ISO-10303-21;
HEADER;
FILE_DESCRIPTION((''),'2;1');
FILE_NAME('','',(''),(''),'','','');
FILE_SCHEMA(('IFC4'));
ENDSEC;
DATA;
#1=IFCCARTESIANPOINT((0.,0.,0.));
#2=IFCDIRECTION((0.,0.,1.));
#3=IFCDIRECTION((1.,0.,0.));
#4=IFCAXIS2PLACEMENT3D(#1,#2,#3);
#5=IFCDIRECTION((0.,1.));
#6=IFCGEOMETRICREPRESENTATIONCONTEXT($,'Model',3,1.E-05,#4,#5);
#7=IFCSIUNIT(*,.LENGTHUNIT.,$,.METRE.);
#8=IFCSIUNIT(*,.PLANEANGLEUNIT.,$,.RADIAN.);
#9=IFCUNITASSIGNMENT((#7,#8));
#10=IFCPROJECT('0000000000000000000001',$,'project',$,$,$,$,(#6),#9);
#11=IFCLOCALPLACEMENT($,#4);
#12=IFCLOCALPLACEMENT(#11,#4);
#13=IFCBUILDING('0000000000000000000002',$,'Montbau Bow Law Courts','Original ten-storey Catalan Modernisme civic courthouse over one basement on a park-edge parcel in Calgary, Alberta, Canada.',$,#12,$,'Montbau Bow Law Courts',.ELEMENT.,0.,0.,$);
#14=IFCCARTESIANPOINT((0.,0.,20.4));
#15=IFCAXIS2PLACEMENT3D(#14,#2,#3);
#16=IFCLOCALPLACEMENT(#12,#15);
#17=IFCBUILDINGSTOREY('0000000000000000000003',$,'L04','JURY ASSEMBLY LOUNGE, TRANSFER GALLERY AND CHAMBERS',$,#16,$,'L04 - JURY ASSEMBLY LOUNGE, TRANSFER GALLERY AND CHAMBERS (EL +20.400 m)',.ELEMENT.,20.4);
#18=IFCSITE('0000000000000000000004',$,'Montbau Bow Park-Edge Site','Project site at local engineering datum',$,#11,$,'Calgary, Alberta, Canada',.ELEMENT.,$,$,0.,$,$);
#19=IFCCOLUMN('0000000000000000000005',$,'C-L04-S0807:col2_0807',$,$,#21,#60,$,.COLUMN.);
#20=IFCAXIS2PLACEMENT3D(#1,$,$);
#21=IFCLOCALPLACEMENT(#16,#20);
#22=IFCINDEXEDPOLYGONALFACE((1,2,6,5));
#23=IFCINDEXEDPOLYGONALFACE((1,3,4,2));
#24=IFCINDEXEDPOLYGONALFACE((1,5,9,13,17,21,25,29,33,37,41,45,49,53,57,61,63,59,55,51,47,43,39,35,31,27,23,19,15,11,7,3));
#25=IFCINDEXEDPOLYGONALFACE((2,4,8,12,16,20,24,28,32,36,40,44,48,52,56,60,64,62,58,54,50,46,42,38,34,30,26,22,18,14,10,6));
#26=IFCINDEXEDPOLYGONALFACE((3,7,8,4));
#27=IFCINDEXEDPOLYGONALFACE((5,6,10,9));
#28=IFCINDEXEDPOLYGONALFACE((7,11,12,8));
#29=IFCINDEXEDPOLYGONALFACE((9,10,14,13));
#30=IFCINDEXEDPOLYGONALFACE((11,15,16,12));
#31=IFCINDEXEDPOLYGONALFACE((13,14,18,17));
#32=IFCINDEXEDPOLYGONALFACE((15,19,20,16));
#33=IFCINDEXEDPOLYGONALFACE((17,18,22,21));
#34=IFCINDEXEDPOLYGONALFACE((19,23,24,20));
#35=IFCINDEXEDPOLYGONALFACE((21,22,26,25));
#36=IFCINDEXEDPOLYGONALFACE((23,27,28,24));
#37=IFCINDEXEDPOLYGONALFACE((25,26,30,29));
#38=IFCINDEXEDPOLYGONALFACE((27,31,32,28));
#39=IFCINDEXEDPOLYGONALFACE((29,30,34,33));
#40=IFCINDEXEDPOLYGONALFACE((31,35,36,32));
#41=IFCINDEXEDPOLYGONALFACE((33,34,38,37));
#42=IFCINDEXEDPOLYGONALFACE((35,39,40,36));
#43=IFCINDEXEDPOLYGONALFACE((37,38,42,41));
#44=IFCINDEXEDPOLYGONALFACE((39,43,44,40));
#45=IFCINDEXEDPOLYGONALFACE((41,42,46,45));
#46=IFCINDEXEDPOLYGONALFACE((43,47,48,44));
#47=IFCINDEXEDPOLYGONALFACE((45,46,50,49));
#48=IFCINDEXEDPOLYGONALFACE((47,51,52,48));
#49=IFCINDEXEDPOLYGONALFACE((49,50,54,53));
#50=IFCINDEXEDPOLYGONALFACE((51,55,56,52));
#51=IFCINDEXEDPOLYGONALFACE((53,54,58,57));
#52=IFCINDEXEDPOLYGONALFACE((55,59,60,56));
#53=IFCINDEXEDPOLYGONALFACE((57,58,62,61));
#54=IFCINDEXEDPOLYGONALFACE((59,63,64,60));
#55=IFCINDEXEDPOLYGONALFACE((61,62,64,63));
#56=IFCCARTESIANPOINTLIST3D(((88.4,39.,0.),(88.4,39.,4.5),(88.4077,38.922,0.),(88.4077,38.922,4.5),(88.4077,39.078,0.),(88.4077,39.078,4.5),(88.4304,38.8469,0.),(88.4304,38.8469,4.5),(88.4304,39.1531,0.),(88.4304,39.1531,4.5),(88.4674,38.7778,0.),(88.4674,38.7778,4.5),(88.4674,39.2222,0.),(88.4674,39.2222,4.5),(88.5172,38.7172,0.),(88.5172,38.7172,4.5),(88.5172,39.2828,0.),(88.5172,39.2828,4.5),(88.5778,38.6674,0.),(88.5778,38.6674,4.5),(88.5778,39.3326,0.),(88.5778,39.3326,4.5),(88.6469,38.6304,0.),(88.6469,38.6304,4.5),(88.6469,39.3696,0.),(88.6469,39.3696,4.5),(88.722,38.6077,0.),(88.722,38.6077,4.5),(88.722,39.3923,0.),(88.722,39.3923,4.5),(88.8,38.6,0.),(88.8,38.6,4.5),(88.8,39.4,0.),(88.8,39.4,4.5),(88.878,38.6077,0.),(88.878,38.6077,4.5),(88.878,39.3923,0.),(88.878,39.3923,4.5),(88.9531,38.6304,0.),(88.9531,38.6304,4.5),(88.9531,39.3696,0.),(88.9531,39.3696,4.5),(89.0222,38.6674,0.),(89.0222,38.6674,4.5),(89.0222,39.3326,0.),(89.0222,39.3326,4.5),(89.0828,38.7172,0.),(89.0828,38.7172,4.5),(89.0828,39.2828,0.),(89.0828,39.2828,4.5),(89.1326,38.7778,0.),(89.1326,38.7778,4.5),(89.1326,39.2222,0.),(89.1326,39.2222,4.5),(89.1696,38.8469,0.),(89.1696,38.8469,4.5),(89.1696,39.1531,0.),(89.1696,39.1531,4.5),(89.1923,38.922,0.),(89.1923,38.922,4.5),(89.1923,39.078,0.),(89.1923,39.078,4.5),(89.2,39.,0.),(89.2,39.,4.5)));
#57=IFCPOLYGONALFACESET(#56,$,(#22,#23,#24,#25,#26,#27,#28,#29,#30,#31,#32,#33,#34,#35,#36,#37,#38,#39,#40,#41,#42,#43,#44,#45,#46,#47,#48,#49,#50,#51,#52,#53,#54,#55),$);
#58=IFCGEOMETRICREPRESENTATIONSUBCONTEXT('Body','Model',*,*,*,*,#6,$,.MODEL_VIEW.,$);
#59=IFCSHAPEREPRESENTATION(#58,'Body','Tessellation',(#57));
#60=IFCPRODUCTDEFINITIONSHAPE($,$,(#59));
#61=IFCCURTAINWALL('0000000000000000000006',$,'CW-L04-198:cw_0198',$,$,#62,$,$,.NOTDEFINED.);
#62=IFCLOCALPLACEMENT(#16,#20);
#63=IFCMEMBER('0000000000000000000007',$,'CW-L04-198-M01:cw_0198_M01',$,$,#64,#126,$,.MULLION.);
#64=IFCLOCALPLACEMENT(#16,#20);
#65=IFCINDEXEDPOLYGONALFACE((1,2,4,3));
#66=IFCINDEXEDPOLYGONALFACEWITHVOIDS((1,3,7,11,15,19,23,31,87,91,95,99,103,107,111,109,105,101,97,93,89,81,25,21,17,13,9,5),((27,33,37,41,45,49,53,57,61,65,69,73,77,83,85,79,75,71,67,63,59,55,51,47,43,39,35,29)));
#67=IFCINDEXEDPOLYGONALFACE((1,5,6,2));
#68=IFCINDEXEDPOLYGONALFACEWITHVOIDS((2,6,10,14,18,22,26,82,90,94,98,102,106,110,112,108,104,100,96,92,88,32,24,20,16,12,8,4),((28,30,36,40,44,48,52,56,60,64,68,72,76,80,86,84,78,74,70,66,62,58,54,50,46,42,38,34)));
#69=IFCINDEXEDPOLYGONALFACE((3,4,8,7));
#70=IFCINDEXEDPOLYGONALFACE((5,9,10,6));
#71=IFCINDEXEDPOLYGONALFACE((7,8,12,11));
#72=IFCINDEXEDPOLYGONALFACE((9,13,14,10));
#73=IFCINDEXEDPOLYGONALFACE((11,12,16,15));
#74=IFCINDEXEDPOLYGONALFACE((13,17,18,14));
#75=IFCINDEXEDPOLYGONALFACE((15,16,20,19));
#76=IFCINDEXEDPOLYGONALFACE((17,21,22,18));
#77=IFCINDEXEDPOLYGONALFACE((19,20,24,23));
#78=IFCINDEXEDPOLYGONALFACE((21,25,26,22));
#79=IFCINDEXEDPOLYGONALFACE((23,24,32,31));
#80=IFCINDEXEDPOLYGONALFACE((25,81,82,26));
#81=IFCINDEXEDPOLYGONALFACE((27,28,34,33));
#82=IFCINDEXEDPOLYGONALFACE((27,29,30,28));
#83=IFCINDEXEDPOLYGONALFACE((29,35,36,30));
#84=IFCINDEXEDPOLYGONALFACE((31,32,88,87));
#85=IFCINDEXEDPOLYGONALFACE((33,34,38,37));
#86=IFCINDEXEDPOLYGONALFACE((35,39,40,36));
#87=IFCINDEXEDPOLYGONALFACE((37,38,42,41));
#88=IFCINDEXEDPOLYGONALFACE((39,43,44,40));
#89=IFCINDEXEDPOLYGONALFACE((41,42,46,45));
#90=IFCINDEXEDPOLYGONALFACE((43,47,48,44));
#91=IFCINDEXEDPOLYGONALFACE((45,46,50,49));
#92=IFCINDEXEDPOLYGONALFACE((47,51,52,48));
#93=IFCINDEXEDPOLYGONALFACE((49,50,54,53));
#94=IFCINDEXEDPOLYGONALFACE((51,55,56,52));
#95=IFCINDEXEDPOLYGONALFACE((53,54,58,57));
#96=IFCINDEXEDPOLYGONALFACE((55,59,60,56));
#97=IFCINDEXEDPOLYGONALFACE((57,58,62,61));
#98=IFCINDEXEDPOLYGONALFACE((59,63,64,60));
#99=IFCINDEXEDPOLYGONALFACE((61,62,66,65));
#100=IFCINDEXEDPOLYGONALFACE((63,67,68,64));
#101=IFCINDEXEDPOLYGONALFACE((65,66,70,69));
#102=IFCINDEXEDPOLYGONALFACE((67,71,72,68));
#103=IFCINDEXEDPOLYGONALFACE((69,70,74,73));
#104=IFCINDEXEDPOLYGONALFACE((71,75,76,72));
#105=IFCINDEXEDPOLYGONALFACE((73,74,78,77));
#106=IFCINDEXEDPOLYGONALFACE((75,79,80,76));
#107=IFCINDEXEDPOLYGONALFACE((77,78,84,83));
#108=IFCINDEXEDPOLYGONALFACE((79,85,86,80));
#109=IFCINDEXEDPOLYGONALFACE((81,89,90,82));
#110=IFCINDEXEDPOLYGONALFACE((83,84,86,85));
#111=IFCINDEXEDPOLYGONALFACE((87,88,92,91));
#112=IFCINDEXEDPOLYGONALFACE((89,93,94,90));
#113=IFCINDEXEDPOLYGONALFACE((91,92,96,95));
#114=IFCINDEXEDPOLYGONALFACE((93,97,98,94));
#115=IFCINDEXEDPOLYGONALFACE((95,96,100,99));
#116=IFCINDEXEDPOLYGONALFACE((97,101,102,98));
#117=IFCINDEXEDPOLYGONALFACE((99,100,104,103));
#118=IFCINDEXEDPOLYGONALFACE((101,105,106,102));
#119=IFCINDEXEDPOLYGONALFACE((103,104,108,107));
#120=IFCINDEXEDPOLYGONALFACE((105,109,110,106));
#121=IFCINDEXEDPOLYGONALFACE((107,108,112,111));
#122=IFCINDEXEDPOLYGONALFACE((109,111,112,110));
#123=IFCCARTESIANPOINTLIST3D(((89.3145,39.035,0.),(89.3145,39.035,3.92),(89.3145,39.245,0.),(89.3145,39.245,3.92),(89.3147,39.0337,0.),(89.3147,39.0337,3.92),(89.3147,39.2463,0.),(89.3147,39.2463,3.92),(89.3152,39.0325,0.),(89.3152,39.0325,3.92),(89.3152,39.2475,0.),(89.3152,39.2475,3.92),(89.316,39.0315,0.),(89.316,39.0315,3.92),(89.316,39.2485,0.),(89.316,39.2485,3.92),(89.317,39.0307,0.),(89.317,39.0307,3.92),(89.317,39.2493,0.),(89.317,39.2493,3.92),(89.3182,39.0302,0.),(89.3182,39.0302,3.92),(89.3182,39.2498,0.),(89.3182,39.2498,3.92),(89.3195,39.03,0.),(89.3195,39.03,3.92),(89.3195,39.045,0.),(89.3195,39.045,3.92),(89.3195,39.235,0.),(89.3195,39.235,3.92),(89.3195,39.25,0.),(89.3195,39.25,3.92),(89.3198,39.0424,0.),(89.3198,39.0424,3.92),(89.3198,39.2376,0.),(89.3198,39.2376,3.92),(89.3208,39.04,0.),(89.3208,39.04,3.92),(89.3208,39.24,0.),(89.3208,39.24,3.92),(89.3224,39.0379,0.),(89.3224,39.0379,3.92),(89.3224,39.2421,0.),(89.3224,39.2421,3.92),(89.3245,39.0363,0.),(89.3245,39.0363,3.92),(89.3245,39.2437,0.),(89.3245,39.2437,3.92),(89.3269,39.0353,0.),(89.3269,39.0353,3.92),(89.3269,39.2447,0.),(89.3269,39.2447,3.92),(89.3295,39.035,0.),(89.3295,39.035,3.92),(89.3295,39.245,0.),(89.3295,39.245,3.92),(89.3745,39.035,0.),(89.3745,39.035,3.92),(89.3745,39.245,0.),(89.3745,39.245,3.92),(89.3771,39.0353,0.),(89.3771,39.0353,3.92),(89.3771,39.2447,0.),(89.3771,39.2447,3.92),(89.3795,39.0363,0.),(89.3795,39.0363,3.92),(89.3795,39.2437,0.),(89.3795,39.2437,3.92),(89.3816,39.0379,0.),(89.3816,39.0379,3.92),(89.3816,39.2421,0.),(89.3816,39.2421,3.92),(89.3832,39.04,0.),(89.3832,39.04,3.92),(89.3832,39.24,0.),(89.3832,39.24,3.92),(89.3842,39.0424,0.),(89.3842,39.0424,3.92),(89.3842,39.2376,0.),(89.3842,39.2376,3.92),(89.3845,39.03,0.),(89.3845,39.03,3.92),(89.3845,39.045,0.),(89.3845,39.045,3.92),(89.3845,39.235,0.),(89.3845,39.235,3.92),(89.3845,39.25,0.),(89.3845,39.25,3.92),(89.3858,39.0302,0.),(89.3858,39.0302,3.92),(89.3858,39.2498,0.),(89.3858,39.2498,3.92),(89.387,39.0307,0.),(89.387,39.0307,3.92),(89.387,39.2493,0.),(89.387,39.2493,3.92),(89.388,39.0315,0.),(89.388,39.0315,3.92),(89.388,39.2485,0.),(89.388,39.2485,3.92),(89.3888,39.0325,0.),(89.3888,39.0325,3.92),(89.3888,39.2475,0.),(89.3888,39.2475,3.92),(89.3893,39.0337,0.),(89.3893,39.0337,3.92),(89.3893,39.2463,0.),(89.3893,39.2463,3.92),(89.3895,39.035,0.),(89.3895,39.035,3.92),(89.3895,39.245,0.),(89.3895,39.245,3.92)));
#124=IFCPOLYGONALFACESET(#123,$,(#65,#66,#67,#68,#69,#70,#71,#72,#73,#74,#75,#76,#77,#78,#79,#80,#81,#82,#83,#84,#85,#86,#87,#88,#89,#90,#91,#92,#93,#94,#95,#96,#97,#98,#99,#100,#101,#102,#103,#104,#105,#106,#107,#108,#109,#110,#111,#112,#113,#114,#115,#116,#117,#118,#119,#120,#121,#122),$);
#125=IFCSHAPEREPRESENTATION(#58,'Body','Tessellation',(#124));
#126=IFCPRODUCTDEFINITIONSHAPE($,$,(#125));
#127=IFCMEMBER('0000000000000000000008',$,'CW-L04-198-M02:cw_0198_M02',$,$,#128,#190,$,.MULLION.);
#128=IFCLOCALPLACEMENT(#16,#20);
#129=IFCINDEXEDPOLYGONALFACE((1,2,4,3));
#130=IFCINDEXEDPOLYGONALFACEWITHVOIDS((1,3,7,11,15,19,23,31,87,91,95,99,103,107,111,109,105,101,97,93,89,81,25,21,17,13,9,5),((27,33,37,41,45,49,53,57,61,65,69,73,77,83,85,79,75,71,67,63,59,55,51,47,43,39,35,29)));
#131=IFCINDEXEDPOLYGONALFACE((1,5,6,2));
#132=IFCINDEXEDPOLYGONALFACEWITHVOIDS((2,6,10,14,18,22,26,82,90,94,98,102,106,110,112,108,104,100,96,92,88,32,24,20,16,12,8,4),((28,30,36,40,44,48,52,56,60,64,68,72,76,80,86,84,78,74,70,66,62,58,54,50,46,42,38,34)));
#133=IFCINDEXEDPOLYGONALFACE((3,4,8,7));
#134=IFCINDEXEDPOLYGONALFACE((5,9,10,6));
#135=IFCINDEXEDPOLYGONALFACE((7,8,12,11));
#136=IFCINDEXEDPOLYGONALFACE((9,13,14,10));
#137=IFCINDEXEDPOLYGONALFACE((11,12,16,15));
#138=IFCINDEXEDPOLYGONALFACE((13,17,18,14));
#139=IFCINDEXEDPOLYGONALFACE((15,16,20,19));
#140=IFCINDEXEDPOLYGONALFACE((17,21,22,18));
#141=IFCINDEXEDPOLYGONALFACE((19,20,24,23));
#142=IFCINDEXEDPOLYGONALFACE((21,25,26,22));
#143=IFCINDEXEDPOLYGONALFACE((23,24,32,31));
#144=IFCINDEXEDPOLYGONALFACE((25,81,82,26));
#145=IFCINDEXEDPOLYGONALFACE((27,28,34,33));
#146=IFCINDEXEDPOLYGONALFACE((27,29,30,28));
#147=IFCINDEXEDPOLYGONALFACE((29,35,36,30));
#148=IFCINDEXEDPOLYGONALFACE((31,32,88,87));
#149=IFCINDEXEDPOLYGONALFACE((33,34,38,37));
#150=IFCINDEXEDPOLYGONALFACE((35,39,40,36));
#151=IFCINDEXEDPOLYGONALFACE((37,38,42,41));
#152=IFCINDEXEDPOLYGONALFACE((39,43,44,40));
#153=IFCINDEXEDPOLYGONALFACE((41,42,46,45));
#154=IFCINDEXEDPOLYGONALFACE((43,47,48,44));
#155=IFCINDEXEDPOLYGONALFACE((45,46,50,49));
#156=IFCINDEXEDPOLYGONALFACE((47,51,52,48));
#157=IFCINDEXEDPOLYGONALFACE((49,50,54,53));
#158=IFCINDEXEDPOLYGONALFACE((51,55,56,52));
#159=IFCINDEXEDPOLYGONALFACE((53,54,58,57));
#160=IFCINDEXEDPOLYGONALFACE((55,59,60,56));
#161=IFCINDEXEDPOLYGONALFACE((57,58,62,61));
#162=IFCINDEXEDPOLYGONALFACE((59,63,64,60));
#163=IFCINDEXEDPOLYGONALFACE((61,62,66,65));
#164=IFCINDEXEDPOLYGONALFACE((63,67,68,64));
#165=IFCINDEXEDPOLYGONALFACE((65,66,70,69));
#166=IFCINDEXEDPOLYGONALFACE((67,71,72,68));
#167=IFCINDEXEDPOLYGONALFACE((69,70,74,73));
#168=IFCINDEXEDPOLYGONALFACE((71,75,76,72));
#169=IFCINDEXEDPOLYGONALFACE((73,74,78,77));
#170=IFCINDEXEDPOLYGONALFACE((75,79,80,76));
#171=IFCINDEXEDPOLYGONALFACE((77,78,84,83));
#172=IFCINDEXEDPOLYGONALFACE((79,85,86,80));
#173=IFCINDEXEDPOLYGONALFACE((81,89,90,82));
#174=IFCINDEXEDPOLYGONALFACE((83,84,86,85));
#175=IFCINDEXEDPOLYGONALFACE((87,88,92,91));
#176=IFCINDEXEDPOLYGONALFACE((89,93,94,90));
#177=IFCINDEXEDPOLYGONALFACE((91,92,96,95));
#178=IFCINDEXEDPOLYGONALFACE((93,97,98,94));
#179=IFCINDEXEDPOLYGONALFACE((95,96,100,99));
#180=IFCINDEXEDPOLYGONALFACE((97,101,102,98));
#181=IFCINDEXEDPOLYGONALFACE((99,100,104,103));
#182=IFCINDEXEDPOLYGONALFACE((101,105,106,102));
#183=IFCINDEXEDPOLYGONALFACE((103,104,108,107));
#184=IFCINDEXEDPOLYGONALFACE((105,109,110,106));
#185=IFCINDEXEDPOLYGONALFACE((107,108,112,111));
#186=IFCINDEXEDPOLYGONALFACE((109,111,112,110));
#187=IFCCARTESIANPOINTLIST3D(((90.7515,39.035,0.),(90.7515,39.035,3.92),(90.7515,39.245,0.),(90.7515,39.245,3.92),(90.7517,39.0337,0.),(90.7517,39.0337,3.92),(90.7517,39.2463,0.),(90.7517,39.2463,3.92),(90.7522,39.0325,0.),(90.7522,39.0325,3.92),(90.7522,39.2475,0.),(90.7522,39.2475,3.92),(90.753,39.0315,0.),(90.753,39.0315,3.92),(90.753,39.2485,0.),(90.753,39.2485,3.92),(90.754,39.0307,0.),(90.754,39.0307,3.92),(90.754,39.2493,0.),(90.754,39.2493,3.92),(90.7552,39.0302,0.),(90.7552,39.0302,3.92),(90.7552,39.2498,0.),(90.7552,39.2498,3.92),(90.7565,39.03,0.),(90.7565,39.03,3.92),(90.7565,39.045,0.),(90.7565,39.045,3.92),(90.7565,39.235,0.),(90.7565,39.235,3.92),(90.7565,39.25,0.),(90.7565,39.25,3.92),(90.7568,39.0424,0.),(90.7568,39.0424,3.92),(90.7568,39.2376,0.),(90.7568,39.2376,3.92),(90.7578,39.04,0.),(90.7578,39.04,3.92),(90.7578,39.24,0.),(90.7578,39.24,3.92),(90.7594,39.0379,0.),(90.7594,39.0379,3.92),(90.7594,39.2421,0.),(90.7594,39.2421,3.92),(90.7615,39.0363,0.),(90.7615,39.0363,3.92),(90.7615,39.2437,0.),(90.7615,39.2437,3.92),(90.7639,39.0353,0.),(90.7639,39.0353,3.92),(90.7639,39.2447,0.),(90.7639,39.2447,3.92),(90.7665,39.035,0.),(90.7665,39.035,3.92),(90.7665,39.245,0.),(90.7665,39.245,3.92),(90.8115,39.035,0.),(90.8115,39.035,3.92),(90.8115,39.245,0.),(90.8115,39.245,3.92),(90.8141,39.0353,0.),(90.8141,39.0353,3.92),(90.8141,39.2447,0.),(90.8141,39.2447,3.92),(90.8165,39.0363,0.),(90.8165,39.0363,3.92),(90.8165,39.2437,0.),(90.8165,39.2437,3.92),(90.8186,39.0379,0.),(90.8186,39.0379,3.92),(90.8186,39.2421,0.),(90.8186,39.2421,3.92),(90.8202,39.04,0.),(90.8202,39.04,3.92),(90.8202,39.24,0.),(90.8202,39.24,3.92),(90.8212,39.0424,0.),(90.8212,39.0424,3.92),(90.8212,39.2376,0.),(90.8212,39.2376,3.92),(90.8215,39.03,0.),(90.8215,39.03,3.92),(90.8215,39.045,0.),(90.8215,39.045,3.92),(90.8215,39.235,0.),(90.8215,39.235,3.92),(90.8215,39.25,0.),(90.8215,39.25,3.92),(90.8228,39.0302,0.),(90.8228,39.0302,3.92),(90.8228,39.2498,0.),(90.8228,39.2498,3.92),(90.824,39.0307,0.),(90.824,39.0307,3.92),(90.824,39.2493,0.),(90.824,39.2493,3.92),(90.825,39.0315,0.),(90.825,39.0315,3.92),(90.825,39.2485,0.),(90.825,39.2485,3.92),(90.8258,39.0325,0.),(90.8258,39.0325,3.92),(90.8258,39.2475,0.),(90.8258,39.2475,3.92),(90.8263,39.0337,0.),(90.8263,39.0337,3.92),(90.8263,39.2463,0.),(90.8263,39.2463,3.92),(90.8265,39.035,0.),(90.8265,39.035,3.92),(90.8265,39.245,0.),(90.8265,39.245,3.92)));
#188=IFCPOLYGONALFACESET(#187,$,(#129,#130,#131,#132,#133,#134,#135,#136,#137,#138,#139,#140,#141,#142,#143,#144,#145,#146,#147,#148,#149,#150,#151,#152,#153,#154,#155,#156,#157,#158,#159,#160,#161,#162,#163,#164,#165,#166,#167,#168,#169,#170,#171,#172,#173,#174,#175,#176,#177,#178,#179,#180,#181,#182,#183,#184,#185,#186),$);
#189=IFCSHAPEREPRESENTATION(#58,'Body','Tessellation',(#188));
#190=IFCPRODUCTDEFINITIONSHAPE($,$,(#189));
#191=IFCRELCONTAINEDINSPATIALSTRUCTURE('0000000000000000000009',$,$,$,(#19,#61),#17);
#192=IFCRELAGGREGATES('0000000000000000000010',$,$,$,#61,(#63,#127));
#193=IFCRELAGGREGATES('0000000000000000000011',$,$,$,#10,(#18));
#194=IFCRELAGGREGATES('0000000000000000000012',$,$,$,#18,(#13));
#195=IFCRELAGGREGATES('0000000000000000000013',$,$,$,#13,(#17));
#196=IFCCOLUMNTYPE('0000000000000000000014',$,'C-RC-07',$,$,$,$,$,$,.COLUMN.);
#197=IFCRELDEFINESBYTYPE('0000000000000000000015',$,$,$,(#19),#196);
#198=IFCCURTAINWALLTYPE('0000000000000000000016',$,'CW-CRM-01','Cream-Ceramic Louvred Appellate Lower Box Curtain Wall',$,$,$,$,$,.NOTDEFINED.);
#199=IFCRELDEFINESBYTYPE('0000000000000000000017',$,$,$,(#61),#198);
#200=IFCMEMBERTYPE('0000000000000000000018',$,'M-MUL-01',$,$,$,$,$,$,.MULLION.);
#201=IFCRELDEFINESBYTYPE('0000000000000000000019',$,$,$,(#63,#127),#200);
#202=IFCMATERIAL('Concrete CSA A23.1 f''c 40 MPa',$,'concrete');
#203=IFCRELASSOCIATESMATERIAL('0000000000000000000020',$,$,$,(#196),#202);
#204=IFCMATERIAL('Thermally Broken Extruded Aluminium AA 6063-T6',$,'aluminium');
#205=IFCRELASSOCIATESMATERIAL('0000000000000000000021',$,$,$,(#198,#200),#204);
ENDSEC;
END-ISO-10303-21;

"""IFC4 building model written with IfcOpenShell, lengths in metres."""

from ifc_helpers import new_model, si_unit, direction, frame, origin_with_axes, origin_2d_with_axis, place, context, subcontext, project, spatial, hollow_rectangle, circle, extrude, material, material_profile, profile_set, type_object, element, aggregate, save


model = new_model("IFC4")

# Units and contexts
model_context = context("Model", 3, precision=1e-05, world=origin_with_axes(), true_north=direction((0.0, 1.0)))
body_context = subcontext(model_context, "Body", "Model", "MODEL_VIEW")
ifc_project = project(units=[si_unit("LENGTHUNIT", "METRE"), si_unit("PLANEANGLEUNIT", "RADIAN")], contexts=[model_context])

# Site, building, storey
site_placement = place(None, origin_with_axes())
site = spatial("IfcSite", under=ifc_project, at=site_placement, Name="Montbau Bow Park-Edge Site", Description="Project site at local engineering datum", LongName="Calgary, Alberta, Canada", CompositionType="ELEMENT", RefElevation=0.0)
building_placement = place(site_placement, origin_with_axes())
building = spatial("IfcBuilding", under=site, at=building_placement, Name="Montbau Bow Law Courts", Description="Original ten-storey Catalan Modernisme civic courthouse over one basement on a park-edge parcel in Calgary, Alberta, Canada.", LongName="Montbau Bow Law Courts", CompositionType="ELEMENT", ElevationOfRefHeight=0.0, ElevationOfTerrain=0.0)
storey_placement = place(building_placement, frame((0.0, 0.0, 20.4), z_axis=(0.0, 0.0, 1.0), x_axis=(1.0, 0.0, 0.0)))
storey = spatial("IfcBuildingStorey", under=building, at=storey_placement, Name="L04", Description="JURY ASSEMBLY LOUNGE, TRANSFER GALLERY AND CHAMBERS", LongName="L04 - JURY ASSEMBLY LOUNGE, TRANSFER GALLERY AND CHAMBERS (EL +20.400 m)", CompositionType="ELEMENT", Elevation=20.4)

# Column
ifc_material_1 = material(Name="Concrete CSA A23.1 f'c 40 MPa", Category="concrete")
ifc_material_profile_1 = material_profile(ifc_material_1, circle(Radius=0.4, at=origin_2d_with_axis()), Name="RC800D", Category="Main", Priority=0)
ifc_profile_set_1 = profile_set([ifc_material_profile_1], Name="Concrete CSA A23.1 f'c 40 MPa")
column_type = type_object("IfcColumnType", Name="C-RC-07", PredefinedType="COLUMN", material=ifc_profile_set_1)
column_placement = place(None, frame((88.8, 39.0, 20.4), z_axis=(0.0, 0.0, 1.0), x_axis=(1.0, 0.0, 0.0)))
element("IfcColumn", 1, at=column_placement, inside=storey, type_object=column_type, Name="C-L04-S0807:col2_0807", PredefinedType="COLUMN", context=body_context, shape_type="SweptSolid", body=[
    extrude(circle(Radius=0.4, at=origin_2d_with_axis()), origin_with_axes(), (0.0, 0.0, 1.0), 4.5),
])

# Curtain wall, members
ifc_material_2 = material(Name="Thermally Broken Extruded Aluminium AA 6063-T6", Category="aluminium")
curtain_wall_type = type_object("IfcCurtainWallType", Name="CW-CRM-01", Description="Cream-Ceramic Louvred Appellate Lower Box Curtain Wall", PredefinedType="NOTDEFINED", material=ifc_material_2)
curtain_wall_placement = place(None, frame((89.315, 39.14, 20.4), z_axis=(0.0, 0.0, 1.0), x_axis=(1.0, 0.0, 0.0)))
curtain_wall = element("IfcCurtainWall", 2, at=curtain_wall_placement, inside=storey, type_object=curtain_wall_type, Name="CW-L04-198:cw_0198", PredefinedType="NOTDEFINED")
ifc_material_profile_2 = material_profile(ifc_material_2, hollow_rectangle(XDim=0.075, YDim=0.22, WallThickness=0.005, InnerFilletRadius=0.01, OuterFilletRadius=0.005, at=origin_2d_with_axis()), Name="CWM-220X75", Category="Main", Priority=0)
ifc_profile_set_2 = profile_set([ifc_material_profile_2], Name="Thermally Broken Extruded Aluminium AA 6063-T6")
member_type_1 = type_object("IfcMemberType", Name="M-MUL-01", PredefinedType="MULLION", material=ifc_profile_set_2)
member_1_placement = place(None, frame((89.352, 39.14, 20.4), z_axis=(0.0, 0.0, 1.0), x_axis=(1.0, 0.0, 0.0)))
member_1 = element("IfcMember", 3, at=member_1_placement, type_object=member_type_1, Name="CW-L04-198-M01:cw_0198_M01", PredefinedType="MULLION", context=body_context, shape_type="SweptSolid", body=[
    extrude(hollow_rectangle(XDim=0.075, YDim=0.22, WallThickness=0.005, InnerFilletRadius=0.01, OuterFilletRadius=0.005, at=origin_2d_with_axis()), origin_with_axes(), (0.0, 0.0, 1.0), 3.92),
])
member_2_placement = place(None, frame((90.789, 39.14, 20.4), z_axis=(0.0, 0.0, 1.0), x_axis=(1.0, 0.0, 0.0)))
member_2 = element("IfcMember", 4, at=member_2_placement, type_object=member_type_1, Name="CW-L04-198-M02:cw_0198_M02", PredefinedType="MULLION", context=body_context, shape_type="SweptSolid", body=[
    extrude(hollow_rectangle(XDim=0.075, YDim=0.22, WallThickness=0.005, InnerFilletRadius=0.01, OuterFilletRadius=0.005, at=origin_2d_with_axis()), origin_with_axes(), (0.0, 0.0, 1.0), 3.92),
])
aggregate(curtain_wall, [member_1, member_2])

save(model, "model.ifc")
